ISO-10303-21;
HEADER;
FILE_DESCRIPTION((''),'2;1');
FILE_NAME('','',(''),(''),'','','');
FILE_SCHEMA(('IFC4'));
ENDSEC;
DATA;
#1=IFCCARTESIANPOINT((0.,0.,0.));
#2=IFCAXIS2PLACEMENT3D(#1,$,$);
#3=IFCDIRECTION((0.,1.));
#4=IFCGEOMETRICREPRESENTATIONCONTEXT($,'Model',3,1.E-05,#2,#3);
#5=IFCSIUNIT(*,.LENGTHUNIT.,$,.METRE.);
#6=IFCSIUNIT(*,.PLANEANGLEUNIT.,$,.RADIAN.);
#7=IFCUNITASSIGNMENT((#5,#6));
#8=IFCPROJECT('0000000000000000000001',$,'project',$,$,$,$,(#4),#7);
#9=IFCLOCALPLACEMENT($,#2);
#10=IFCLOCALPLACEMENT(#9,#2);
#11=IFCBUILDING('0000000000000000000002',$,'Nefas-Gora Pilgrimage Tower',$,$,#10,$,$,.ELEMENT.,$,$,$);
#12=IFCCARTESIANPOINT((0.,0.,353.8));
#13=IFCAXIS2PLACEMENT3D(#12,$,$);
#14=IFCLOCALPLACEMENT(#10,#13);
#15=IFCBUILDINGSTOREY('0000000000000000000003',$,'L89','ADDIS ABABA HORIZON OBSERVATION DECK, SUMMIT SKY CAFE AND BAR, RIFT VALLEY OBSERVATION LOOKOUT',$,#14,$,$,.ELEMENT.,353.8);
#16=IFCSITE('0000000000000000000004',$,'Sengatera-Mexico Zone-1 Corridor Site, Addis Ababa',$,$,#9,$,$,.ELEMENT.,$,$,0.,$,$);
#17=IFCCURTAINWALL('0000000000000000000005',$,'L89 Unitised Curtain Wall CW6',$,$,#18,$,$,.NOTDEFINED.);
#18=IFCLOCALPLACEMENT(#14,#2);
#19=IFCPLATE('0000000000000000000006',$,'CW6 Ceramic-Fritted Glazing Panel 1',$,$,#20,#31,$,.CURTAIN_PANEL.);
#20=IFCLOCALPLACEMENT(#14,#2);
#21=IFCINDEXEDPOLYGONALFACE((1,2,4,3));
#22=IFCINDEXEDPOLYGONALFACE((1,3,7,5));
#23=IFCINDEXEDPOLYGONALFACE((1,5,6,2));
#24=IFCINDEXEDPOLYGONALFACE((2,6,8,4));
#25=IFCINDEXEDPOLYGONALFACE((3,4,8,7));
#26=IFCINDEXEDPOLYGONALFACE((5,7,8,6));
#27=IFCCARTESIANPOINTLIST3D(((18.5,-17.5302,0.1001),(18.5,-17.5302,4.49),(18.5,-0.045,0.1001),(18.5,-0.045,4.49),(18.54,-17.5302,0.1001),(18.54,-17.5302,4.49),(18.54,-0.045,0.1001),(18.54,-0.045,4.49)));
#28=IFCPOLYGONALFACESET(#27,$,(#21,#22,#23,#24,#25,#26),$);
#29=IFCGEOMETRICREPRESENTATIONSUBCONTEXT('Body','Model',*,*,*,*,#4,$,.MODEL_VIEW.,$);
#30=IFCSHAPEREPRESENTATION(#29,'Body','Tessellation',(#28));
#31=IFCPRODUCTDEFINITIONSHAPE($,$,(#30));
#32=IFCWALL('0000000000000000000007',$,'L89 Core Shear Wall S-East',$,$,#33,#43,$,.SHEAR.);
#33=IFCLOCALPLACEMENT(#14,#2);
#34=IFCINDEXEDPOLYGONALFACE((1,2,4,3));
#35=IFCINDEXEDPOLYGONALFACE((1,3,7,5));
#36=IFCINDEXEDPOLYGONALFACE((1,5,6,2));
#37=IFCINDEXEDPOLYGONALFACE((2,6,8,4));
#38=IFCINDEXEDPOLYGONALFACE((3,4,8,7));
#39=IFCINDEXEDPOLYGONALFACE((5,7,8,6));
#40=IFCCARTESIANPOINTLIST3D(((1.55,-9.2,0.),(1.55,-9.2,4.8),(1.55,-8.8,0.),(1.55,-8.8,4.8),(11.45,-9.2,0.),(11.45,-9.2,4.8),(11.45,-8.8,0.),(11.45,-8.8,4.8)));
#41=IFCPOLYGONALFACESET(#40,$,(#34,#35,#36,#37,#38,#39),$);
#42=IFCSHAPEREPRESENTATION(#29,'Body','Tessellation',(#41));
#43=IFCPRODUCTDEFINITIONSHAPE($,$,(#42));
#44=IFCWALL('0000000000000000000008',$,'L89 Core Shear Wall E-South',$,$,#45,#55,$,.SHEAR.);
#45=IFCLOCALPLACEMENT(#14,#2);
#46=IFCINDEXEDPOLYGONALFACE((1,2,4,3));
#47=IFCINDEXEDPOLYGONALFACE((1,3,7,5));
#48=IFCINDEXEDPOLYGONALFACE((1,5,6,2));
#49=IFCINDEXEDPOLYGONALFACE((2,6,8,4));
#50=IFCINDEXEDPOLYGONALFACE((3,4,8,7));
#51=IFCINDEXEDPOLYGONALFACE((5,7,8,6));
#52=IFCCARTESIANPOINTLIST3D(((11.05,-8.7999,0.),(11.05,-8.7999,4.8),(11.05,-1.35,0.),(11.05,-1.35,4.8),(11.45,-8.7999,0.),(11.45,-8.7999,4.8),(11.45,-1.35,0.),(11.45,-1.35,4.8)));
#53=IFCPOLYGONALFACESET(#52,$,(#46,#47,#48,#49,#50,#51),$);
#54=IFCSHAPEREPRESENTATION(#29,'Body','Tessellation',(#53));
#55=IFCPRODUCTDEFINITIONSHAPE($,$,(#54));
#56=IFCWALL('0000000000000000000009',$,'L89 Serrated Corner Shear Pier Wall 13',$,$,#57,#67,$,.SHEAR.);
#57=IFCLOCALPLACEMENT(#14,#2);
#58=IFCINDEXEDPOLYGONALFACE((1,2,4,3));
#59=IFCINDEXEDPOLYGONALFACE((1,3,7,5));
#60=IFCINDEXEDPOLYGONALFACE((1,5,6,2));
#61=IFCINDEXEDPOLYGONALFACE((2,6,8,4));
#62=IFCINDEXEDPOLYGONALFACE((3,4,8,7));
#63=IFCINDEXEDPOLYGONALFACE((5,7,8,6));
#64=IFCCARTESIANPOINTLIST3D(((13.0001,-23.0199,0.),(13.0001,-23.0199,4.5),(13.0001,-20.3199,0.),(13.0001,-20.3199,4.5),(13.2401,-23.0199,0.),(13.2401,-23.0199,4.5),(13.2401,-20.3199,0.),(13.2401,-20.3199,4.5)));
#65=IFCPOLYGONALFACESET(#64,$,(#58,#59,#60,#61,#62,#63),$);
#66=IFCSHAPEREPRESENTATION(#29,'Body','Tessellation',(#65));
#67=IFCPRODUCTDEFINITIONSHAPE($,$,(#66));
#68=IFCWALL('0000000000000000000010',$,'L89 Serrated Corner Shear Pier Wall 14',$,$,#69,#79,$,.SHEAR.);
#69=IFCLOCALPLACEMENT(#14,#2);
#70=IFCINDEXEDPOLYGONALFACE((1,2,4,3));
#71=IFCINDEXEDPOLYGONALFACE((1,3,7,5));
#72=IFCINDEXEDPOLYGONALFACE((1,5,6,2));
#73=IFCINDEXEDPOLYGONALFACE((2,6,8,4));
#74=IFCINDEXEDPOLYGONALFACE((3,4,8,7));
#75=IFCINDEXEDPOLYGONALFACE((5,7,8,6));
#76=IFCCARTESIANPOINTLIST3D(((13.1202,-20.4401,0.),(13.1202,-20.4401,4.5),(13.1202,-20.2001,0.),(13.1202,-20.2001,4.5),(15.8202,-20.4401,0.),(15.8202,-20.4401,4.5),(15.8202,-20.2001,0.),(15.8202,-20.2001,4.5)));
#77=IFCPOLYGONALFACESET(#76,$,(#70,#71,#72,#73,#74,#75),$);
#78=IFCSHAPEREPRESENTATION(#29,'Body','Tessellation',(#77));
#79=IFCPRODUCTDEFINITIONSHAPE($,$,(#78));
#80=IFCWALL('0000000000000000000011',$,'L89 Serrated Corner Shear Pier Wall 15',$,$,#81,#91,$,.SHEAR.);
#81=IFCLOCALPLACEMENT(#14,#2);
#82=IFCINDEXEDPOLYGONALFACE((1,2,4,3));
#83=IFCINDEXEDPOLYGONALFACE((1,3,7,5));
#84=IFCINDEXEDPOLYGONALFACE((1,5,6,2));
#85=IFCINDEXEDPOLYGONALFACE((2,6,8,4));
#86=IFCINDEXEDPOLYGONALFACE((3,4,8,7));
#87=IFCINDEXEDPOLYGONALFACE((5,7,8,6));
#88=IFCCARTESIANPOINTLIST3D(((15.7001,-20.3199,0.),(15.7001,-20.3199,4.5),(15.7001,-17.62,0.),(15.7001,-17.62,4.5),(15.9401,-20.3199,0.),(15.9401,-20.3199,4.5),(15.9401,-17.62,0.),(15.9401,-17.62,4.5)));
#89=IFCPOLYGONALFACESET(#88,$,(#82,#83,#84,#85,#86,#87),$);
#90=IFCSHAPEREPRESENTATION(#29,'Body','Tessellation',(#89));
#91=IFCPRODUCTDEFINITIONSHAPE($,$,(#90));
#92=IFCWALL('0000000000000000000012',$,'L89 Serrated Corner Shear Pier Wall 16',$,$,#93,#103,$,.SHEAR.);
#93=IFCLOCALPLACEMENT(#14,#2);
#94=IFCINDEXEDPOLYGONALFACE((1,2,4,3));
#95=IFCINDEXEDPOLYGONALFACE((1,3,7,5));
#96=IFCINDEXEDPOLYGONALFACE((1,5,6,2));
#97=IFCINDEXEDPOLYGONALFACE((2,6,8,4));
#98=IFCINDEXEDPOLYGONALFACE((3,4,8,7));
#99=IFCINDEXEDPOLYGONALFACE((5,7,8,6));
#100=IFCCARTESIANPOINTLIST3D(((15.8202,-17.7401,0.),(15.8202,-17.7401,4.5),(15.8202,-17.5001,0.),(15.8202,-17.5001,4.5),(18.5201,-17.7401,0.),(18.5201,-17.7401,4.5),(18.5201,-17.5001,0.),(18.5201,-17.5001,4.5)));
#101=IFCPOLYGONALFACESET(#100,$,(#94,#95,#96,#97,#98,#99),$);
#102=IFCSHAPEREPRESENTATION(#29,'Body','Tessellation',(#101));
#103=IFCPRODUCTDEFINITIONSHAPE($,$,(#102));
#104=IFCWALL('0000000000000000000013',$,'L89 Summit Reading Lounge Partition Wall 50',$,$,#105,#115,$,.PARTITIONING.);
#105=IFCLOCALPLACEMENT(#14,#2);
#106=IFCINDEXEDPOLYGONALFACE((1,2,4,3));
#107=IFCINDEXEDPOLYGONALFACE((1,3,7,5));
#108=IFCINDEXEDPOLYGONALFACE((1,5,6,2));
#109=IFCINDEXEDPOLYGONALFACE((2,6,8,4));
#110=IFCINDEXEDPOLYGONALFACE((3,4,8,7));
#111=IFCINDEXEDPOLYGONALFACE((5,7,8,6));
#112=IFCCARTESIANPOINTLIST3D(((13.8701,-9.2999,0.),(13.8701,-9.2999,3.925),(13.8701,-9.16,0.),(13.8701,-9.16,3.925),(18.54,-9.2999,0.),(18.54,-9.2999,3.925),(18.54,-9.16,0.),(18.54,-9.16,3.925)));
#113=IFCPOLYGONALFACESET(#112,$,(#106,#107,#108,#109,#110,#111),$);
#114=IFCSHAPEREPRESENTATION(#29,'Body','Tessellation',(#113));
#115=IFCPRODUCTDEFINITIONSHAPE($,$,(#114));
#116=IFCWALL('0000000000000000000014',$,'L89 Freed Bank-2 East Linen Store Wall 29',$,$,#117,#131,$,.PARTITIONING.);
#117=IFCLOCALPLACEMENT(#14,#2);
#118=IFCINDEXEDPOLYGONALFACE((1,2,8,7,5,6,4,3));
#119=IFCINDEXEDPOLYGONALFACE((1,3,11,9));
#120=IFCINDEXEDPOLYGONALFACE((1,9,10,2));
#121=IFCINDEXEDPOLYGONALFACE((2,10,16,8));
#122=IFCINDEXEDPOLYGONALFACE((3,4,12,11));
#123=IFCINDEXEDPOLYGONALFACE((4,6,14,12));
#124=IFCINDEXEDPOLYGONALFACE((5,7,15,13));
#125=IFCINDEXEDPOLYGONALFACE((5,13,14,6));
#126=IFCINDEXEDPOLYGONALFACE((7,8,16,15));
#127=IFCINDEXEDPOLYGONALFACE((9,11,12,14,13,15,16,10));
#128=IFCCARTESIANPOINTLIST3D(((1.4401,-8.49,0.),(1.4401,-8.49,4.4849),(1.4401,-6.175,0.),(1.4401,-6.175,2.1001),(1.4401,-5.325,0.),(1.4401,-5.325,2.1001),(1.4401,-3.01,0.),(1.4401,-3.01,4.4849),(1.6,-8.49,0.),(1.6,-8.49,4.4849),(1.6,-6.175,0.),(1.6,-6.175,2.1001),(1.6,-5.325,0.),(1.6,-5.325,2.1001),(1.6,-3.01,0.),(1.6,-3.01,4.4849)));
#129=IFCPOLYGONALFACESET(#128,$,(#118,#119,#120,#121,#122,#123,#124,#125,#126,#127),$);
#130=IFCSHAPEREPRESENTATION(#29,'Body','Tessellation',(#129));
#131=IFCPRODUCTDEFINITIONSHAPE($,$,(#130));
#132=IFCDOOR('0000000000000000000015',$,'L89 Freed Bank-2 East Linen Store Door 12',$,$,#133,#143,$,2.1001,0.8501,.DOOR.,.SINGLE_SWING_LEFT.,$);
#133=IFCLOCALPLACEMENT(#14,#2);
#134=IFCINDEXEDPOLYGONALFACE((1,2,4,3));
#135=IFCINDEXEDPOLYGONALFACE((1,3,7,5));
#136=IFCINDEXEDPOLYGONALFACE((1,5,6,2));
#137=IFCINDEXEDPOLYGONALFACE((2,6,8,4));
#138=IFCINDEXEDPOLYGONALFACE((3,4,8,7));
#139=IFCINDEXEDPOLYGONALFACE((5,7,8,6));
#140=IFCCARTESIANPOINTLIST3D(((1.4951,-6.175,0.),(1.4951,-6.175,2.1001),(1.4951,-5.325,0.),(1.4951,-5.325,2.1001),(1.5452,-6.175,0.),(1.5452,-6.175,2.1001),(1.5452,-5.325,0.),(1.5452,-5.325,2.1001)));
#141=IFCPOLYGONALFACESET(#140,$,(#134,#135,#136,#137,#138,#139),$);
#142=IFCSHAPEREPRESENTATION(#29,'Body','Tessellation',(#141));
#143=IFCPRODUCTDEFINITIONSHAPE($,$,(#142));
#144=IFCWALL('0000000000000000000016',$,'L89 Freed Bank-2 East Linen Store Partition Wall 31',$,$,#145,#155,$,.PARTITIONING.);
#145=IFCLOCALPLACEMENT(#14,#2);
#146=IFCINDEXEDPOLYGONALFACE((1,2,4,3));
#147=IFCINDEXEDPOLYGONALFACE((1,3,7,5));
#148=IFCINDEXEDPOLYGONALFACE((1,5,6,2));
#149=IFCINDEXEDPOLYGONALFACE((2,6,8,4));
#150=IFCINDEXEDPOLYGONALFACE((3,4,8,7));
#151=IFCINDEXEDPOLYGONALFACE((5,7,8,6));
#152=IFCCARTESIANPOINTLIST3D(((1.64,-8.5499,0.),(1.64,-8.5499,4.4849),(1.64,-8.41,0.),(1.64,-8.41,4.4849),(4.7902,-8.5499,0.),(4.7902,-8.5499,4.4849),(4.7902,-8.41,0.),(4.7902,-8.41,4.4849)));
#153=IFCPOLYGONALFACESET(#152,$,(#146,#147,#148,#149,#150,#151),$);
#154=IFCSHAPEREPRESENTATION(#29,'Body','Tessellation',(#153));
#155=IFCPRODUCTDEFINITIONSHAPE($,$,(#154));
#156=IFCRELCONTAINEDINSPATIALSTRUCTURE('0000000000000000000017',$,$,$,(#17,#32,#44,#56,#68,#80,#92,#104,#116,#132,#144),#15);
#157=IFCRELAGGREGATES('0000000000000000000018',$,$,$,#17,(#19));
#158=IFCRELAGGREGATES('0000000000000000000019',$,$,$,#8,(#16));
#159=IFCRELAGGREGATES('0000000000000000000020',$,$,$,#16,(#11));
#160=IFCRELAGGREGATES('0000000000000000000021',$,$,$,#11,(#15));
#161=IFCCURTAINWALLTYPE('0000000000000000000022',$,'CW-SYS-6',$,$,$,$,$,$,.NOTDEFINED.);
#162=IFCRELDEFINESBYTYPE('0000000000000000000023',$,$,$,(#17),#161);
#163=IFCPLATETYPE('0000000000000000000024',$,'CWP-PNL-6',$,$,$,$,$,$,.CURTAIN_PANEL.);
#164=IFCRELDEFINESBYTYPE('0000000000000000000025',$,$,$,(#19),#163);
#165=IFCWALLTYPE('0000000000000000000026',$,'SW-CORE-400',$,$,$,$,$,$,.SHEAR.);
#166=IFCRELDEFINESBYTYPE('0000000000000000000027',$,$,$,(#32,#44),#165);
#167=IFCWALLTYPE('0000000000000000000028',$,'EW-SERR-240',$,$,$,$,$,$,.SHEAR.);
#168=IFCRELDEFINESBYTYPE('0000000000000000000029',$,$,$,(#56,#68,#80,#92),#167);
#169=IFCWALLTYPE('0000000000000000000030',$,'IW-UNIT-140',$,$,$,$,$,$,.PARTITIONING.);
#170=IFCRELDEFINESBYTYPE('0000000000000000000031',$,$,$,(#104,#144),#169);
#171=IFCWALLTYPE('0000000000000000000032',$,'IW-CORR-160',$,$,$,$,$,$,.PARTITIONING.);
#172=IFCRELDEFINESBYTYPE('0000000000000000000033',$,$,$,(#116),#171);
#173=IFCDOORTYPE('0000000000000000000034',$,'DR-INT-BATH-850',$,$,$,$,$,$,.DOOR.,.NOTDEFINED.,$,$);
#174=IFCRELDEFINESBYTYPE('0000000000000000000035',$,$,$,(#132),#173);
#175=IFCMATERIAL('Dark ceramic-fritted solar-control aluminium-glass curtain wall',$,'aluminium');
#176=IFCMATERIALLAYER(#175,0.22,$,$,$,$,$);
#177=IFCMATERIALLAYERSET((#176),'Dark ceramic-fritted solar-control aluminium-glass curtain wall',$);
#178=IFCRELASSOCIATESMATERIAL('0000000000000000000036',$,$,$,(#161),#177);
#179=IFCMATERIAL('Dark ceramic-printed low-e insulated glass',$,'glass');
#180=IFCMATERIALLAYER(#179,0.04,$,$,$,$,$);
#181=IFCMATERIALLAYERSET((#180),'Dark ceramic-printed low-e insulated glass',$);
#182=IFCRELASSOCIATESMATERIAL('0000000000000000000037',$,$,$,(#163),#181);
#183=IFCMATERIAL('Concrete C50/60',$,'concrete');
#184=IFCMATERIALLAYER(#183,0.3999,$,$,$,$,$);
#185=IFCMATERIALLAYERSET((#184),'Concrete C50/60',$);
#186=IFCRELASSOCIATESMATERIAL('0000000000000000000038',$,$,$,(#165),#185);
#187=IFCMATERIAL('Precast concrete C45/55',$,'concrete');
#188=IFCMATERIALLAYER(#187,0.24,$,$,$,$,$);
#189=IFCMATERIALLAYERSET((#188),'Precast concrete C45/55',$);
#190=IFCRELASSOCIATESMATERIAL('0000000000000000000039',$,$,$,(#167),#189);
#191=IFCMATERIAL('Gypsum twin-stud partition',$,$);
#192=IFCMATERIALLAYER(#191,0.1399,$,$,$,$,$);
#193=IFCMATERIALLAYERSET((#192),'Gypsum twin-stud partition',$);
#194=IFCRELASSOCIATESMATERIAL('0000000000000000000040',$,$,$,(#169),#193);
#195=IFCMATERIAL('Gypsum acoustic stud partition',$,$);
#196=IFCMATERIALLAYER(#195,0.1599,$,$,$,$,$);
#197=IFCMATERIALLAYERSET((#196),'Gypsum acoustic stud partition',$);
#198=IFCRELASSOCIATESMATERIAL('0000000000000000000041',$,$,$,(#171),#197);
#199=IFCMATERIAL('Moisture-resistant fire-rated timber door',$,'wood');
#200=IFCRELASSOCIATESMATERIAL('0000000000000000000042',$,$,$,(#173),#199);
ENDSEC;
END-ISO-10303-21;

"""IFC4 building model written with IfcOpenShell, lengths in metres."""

from ifc_helpers import new_model, si_unit, direction, frame, frame_2d, origin, origin_2d, place, context, subcontext, project, spatial, rectangle, extrude, source, transform, mapped, material, layer, layer_set, type_object, element, fill, aggregate, save


model = new_model("IFC4")

# Units and contexts
model_context = context("Model", 3, precision=1e-05, world=origin(), true_north=direction((0.0, 1.0)))
body_context = subcontext(model_context, "Body", "Model", "MODEL_VIEW")
ifc_project = project(units=[si_unit("LENGTHUNIT", "METRE"), si_unit("PLANEANGLEUNIT", "RADIAN")], contexts=[model_context])

# Site, building, storey
site_placement = place(None, origin())
site = spatial("IfcSite", under=ifc_project, at=site_placement, Name="Sengatera-Mexico Zone-1 Corridor Site, Addis Ababa", CompositionType="ELEMENT", RefElevation=0.0)
building_placement = place(site_placement, origin())
building = spatial("IfcBuilding", under=site, at=building_placement, Name="Nefas-Gora Pilgrimage Tower", CompositionType="ELEMENT")
storey_placement = place(building_placement, frame((0.0, 0.0, 353.8)))
storey = spatial("IfcBuildingStorey", under=building, at=storey_placement, Name="L89", Description="ADDIS ABABA HORIZON OBSERVATION DECK, SUMMIT SKY CAFE AND BAR, RIFT VALLEY OBSERVATION LOOKOUT", CompositionType="ELEMENT", Elevation=353.8)

# Shared definitions
ifc_material_1 = material(Name="Concrete C50/60", Category="concrete")

# Shared definitions
ifc_material_2 = material(Name="Dark ceramic-fritted solar-control aluminium-glass curtain wall", Category="aluminium")
ifc_layer_1 = layer(ifc_material_2, 0.22)
ifc_layer_set_1 = layer_set([ifc_layer_1], Name="Dark ceramic-fritted solar-control aluminium-glass curtain wall")
curtain_wall_type = type_object("IfcCurtainWallType", Name="CW-SYS-6", PredefinedType="NOTDEFINED", material=ifc_layer_set_1)

# Curtain wall
curtain_wall_1_placement = place(storey_placement, origin())
curtain_wall_1 = element("IfcCurtainWall", 1, at=curtain_wall_1_placement, inside=storey, type_object=curtain_wall_type, Name="L89 Unitised Curtain Wall CW6", PredefinedType="NOTDEFINED")

# Plate
ifc_material_3 = material(Name="Dark ceramic-printed low-e insulated glass", Category="glass")
ifc_layer_2 = layer(ifc_material_3, 0.04)
ifc_layer_set_2 = layer_set([ifc_layer_2], Name="Dark ceramic-printed low-e insulated glass")
plate_type_1 = type_object("IfcPlateType", Name="CWP-PNL-6", PredefinedType="CURTAIN_PANEL", material=ifc_layer_set_2)
shared_shape_1 = source(origin(), body_context, "Body", "SweptSolid", [
    extrude(rectangle(XDim=17.4851, YDim=0.04, at=origin_2d()), origin(), (0.0, 0.0, 1.0), 4.3899),
])
plate_placement = place(storey_placement, frame((18.52, -8.7876, 0.1001), z_axis=(0.0, 0.0, 1.0), x_axis=(0.0, 1.0, 0.0)))
plate = element("IfcPlate", 2, at=plate_placement, type_object=plate_type_1, Name="CW6 Ceramic-Fritted Glazing Panel 1", PredefinedType="CURTAIN_PANEL", context=body_context, shape_type="MappedRepresentation", body=[
    mapped(shared_shape_1, transform((0.0, 0.0, 0.0), x_axis=(1.0, 0.0, 0.0), y_axis=(0.0, 1.0, 0.0), z_axis=(0.0, 0.0, 1.0), scale=1.0)),
])
aggregate(curtain_wall_1, [plate])

# Walls
ifc_layer_3 = layer(ifc_material_1, 0.3999)
ifc_layer_set_3 = layer_set([ifc_layer_3], Name="Concrete C50/60")
wall_type_1 = type_object("IfcWallType", Name="SW-CORE-400", PredefinedType="SHEAR", material=ifc_layer_set_3)
shared_shape_2 = source(origin(), body_context, "Body", "SweptSolid", [
    extrude(rectangle(XDim=9.8999, YDim=0.3999, at=frame_2d((4.95, 0.0))), origin(), (0.0, 0.0, 1.0), 4.8),
])
wall_1_placement = place(storey_placement, frame((1.55, -9.0, 0.0), z_axis=(0.0, 0.0, 1.0), x_axis=(1.0, 0.0, 0.0)))
element("IfcWall", 3, at=wall_1_placement, inside=storey, type_object=wall_type_1, Name="L89 Core Shear Wall S-East", PredefinedType="SHEAR", context=body_context, shape_type="MappedRepresentation", body=[
    mapped(shared_shape_2, transform((0.0, 0.0, 0.0), x_axis=(1.0, 0.0, 0.0), y_axis=(0.0, 1.0, 0.0), z_axis=(0.0, 0.0, 1.0), scale=1.0)),
])
shared_shape_3 = source(origin(), body_context, "Body", "SweptSolid", [
    extrude(rectangle(XDim=7.45, YDim=0.3999, at=frame_2d((3.7251, 0.0))), origin(), (0.0, 0.0, 1.0), 4.8),
])
wall_2_placement = place(storey_placement, frame((11.25, -8.8, 0.0), z_axis=(0.0, 0.0, 1.0), x_axis=(0.0, 1.0, 0.0)))
element("IfcWall", 4, at=wall_2_placement, inside=storey, type_object=wall_type_1, Name="L89 Core Shear Wall E-South", PredefinedType="SHEAR", context=body_context, shape_type="MappedRepresentation", body=[
    mapped(shared_shape_3, transform((0.0, 0.0, 0.0), x_axis=(1.0, 0.0, 0.0), y_axis=(0.0, 1.0, 0.0), z_axis=(0.0, 0.0, 1.0), scale=1.0)),
])
ifc_material_4 = material(Name="Precast concrete C45/55", Category="concrete")
ifc_layer_4 = layer(ifc_material_4, 0.24)
ifc_layer_set_4 = layer_set([ifc_layer_4], Name="Precast concrete C45/55")
wall_type_2 = type_object("IfcWallType", Name="EW-SERR-240", PredefinedType="SHEAR", material=ifc_layer_set_4)
shared_shape_4 = source(origin(), body_context, "Body", "SweptSolid", [
    extrude(rectangle(XDim=2.7, YDim=0.24, at=frame_2d((1.3501, 0.0))), origin(), (0.0, 0.0, 1.0), 4.5),
])
for number, where, z_axis, x_axis, name in (
    (5, (13.1201, -23.02, 0.0), (0.0, 0.0, 1.0), (0.0, 1.0, 0.0), "L89 Serrated Corner Shear Pier Wall 13"),
    (6, (13.1201, -20.3201, 0.0), (0.0, 0.0, 1.0), (1.0, 0.0, 0.0), "L89 Serrated Corner Shear Pier Wall 14"),
    (7, (15.8201, -20.3201, 0.0), (0.0, 0.0, 1.0), (0.0, 1.0, 0.0), "L89 Serrated Corner Shear Pier Wall 15"),
    (8, (15.8201, -17.6201, 0.0), (0.0, 0.0, 1.0), (1.0, 0.0, 0.0), "L89 Serrated Corner Shear Pier Wall 16"),
):
    element("IfcWall", number, at=place(storey_placement, frame(where, z_axis=z_axis, x_axis=x_axis)), inside=storey, type_object=wall_type_2, Name=name, PredefinedType="SHEAR", context=body_context, shape_type="MappedRepresentation", body=[
        mapped(shared_shape_4, transform((0.0, 0.0, 0.0), x_axis=(1.0, 0.0, 0.0), y_axis=(0.0, 1.0, 0.0), z_axis=(0.0, 0.0, 1.0), scale=1.0)),
    ])
ifc_material_5 = material(Name="Gypsum twin-stud partition")
ifc_layer_5 = layer(ifc_material_5, 0.1399)
ifc_layer_set_5 = layer_set([ifc_layer_5], Name="Gypsum twin-stud partition")
wall_type_3 = type_object("IfcWallType", Name="IW-UNIT-140", PredefinedType="PARTITIONING", material=ifc_layer_set_5)
shared_shape_5 = source(origin(), body_context, "Body", "SweptSolid", [
    extrude(rectangle(XDim=4.6699, YDim=0.1399, at=frame_2d((2.335, 0.0))), origin(), (0.0, 0.0, 1.0), 3.925),
])
wall_3_placement = place(storey_placement, frame((13.8701, -9.23, 0.0), z_axis=(0.0, 0.0, 1.0), x_axis=(1.0, 0.0, 0.0)))
element("IfcWall", 9, at=wall_3_placement, inside=storey, type_object=wall_type_3, Name="L89 Summit Reading Lounge Partition Wall 50", PredefinedType="PARTITIONING", context=body_context, shape_type="MappedRepresentation", body=[
    mapped(shared_shape_5, transform((0.0, 0.0, 0.0), x_axis=(1.0, 0.0, 0.0), y_axis=(0.0, 1.0, 0.0), z_axis=(0.0, 0.0, 1.0), scale=1.0)),
])

# Wall, opening, door
ifc_material_6 = material(Name="Gypsum acoustic stud partition")
ifc_layer_6 = layer(ifc_material_6, 0.1599)
ifc_layer_set_6 = layer_set([ifc_layer_6], Name="Gypsum acoustic stud partition")
wall_type_4 = type_object("IfcWallType", Name="IW-CORR-160", PredefinedType="PARTITIONING", material=ifc_layer_set_6)
shared_shape_6 = source(origin(), body_context, "Body", "SweptSolid", [
    extrude(rectangle(XDim=5.48, YDim=0.1599, at=frame_2d((2.74, 0.0))), origin(), (0.0, 0.0, 1.0), 4.4849),
])
wall_4_placement = place(storey_placement, frame((1.52, -8.49, 0.0), z_axis=(0.0, 0.0, 1.0), x_axis=(0.0, 1.0, 0.0)))
wall_4 = element("IfcWall", 10, at=wall_4_placement, inside=storey, type_object=wall_type_4, Name="L89 Freed Bank-2 East Linen Store Wall 29", PredefinedType="PARTITIONING", context=body_context, shape_type="MappedRepresentation", body=[
    mapped(shared_shape_6, transform((0.0, 0.0, 0.0), x_axis=(1.0, 0.0, 0.0), y_axis=(0.0, 1.0, 0.0), z_axis=(0.0, 0.0, 1.0), scale=1.0)),
])
opening_1_placement = place(wall_4_placement, frame((2.3149, 0.0, 0.0)))
opening_1 = element("IfcOpeningElement", 11, at=opening_1_placement, cuts=wall_4, PredefinedType="OPENING", context=body_context, shape_type="SweptSolid", body=[
    extrude(rectangle(XDim=0.8501, YDim=2.1001, at=frame_2d((0.425, 1.05))), frame((0.0, 0.0898, 0.0), z_axis=(0.0, -1.0, 0.0), x_axis=(1.0, 0.0, 0.0)), (0.0, 0.0, 1.0), 0.1799),
])
ifc_material_7 = material(Name="Moisture-resistant fire-rated timber door", Category="wood")
door_type_1 = type_object("IfcDoorType", Name="DR-INT-BATH-850", OperationType="NOTDEFINED", PredefinedType="DOOR", material=ifc_material_7)
shared_shape_7 = source(origin(), body_context, "Body", "SweptSolid", [
    extrude(rectangle(XDim=0.8501, YDim=2.1001, at=frame_2d((0.425, 1.05))), frame((0.0, 0.0249, 0.0), z_axis=(0.0, -1.0, 0.0), x_axis=(1.0, 0.0, 0.0)), (0.0, 0.0, 1.0), 0.05),
])
door_1_placement = place(opening_1_placement, origin())
door_1 = element("IfcDoor", 12, at=door_1_placement, inside=storey, type_object=door_type_1, Name="L89 Freed Bank-2 East Linen Store Door 12", OperationType="SINGLE_SWING_LEFT", OverallHeight=2.1001, OverallWidth=0.8501, PredefinedType="DOOR", context=body_context, shape_type="MappedRepresentation", body=[
    mapped(shared_shape_7, transform((0.0, 0.0, 0.0), x_axis=(1.0, 0.0, 0.0), y_axis=(0.0, 1.0, 0.0), z_axis=(0.0, 0.0, 1.0), scale=1.0)),
])
fill(opening_1, door_1)

# Wall
shared_shape_8 = source(origin(), body_context, "Body", "SweptSolid", [
    extrude(rectangle(XDim=3.1501, YDim=0.1399, at=frame_2d((1.5752, 0.0))), origin(), (0.0, 0.0, 1.0), 4.4849),
])
wall_5_placement = place(storey_placement, frame((1.6399, -8.48, 0.0), z_axis=(0.0, 0.0, 1.0), x_axis=(1.0, 0.0, 0.0)))
element("IfcWall", 13, at=wall_5_placement, inside=storey, type_object=wall_type_3, Name="L89 Freed Bank-2 East Linen Store Partition Wall 31", PredefinedType="PARTITIONING", context=body_context, shape_type="MappedRepresentation", body=[
    mapped(shared_shape_8, transform((0.0, 0.0, 0.0), x_axis=(1.0, 0.0, 0.0), y_axis=(0.0, 1.0, 0.0), z_axis=(0.0, 0.0, 1.0), scale=1.0)),
])

save(model, "model.ifc")
